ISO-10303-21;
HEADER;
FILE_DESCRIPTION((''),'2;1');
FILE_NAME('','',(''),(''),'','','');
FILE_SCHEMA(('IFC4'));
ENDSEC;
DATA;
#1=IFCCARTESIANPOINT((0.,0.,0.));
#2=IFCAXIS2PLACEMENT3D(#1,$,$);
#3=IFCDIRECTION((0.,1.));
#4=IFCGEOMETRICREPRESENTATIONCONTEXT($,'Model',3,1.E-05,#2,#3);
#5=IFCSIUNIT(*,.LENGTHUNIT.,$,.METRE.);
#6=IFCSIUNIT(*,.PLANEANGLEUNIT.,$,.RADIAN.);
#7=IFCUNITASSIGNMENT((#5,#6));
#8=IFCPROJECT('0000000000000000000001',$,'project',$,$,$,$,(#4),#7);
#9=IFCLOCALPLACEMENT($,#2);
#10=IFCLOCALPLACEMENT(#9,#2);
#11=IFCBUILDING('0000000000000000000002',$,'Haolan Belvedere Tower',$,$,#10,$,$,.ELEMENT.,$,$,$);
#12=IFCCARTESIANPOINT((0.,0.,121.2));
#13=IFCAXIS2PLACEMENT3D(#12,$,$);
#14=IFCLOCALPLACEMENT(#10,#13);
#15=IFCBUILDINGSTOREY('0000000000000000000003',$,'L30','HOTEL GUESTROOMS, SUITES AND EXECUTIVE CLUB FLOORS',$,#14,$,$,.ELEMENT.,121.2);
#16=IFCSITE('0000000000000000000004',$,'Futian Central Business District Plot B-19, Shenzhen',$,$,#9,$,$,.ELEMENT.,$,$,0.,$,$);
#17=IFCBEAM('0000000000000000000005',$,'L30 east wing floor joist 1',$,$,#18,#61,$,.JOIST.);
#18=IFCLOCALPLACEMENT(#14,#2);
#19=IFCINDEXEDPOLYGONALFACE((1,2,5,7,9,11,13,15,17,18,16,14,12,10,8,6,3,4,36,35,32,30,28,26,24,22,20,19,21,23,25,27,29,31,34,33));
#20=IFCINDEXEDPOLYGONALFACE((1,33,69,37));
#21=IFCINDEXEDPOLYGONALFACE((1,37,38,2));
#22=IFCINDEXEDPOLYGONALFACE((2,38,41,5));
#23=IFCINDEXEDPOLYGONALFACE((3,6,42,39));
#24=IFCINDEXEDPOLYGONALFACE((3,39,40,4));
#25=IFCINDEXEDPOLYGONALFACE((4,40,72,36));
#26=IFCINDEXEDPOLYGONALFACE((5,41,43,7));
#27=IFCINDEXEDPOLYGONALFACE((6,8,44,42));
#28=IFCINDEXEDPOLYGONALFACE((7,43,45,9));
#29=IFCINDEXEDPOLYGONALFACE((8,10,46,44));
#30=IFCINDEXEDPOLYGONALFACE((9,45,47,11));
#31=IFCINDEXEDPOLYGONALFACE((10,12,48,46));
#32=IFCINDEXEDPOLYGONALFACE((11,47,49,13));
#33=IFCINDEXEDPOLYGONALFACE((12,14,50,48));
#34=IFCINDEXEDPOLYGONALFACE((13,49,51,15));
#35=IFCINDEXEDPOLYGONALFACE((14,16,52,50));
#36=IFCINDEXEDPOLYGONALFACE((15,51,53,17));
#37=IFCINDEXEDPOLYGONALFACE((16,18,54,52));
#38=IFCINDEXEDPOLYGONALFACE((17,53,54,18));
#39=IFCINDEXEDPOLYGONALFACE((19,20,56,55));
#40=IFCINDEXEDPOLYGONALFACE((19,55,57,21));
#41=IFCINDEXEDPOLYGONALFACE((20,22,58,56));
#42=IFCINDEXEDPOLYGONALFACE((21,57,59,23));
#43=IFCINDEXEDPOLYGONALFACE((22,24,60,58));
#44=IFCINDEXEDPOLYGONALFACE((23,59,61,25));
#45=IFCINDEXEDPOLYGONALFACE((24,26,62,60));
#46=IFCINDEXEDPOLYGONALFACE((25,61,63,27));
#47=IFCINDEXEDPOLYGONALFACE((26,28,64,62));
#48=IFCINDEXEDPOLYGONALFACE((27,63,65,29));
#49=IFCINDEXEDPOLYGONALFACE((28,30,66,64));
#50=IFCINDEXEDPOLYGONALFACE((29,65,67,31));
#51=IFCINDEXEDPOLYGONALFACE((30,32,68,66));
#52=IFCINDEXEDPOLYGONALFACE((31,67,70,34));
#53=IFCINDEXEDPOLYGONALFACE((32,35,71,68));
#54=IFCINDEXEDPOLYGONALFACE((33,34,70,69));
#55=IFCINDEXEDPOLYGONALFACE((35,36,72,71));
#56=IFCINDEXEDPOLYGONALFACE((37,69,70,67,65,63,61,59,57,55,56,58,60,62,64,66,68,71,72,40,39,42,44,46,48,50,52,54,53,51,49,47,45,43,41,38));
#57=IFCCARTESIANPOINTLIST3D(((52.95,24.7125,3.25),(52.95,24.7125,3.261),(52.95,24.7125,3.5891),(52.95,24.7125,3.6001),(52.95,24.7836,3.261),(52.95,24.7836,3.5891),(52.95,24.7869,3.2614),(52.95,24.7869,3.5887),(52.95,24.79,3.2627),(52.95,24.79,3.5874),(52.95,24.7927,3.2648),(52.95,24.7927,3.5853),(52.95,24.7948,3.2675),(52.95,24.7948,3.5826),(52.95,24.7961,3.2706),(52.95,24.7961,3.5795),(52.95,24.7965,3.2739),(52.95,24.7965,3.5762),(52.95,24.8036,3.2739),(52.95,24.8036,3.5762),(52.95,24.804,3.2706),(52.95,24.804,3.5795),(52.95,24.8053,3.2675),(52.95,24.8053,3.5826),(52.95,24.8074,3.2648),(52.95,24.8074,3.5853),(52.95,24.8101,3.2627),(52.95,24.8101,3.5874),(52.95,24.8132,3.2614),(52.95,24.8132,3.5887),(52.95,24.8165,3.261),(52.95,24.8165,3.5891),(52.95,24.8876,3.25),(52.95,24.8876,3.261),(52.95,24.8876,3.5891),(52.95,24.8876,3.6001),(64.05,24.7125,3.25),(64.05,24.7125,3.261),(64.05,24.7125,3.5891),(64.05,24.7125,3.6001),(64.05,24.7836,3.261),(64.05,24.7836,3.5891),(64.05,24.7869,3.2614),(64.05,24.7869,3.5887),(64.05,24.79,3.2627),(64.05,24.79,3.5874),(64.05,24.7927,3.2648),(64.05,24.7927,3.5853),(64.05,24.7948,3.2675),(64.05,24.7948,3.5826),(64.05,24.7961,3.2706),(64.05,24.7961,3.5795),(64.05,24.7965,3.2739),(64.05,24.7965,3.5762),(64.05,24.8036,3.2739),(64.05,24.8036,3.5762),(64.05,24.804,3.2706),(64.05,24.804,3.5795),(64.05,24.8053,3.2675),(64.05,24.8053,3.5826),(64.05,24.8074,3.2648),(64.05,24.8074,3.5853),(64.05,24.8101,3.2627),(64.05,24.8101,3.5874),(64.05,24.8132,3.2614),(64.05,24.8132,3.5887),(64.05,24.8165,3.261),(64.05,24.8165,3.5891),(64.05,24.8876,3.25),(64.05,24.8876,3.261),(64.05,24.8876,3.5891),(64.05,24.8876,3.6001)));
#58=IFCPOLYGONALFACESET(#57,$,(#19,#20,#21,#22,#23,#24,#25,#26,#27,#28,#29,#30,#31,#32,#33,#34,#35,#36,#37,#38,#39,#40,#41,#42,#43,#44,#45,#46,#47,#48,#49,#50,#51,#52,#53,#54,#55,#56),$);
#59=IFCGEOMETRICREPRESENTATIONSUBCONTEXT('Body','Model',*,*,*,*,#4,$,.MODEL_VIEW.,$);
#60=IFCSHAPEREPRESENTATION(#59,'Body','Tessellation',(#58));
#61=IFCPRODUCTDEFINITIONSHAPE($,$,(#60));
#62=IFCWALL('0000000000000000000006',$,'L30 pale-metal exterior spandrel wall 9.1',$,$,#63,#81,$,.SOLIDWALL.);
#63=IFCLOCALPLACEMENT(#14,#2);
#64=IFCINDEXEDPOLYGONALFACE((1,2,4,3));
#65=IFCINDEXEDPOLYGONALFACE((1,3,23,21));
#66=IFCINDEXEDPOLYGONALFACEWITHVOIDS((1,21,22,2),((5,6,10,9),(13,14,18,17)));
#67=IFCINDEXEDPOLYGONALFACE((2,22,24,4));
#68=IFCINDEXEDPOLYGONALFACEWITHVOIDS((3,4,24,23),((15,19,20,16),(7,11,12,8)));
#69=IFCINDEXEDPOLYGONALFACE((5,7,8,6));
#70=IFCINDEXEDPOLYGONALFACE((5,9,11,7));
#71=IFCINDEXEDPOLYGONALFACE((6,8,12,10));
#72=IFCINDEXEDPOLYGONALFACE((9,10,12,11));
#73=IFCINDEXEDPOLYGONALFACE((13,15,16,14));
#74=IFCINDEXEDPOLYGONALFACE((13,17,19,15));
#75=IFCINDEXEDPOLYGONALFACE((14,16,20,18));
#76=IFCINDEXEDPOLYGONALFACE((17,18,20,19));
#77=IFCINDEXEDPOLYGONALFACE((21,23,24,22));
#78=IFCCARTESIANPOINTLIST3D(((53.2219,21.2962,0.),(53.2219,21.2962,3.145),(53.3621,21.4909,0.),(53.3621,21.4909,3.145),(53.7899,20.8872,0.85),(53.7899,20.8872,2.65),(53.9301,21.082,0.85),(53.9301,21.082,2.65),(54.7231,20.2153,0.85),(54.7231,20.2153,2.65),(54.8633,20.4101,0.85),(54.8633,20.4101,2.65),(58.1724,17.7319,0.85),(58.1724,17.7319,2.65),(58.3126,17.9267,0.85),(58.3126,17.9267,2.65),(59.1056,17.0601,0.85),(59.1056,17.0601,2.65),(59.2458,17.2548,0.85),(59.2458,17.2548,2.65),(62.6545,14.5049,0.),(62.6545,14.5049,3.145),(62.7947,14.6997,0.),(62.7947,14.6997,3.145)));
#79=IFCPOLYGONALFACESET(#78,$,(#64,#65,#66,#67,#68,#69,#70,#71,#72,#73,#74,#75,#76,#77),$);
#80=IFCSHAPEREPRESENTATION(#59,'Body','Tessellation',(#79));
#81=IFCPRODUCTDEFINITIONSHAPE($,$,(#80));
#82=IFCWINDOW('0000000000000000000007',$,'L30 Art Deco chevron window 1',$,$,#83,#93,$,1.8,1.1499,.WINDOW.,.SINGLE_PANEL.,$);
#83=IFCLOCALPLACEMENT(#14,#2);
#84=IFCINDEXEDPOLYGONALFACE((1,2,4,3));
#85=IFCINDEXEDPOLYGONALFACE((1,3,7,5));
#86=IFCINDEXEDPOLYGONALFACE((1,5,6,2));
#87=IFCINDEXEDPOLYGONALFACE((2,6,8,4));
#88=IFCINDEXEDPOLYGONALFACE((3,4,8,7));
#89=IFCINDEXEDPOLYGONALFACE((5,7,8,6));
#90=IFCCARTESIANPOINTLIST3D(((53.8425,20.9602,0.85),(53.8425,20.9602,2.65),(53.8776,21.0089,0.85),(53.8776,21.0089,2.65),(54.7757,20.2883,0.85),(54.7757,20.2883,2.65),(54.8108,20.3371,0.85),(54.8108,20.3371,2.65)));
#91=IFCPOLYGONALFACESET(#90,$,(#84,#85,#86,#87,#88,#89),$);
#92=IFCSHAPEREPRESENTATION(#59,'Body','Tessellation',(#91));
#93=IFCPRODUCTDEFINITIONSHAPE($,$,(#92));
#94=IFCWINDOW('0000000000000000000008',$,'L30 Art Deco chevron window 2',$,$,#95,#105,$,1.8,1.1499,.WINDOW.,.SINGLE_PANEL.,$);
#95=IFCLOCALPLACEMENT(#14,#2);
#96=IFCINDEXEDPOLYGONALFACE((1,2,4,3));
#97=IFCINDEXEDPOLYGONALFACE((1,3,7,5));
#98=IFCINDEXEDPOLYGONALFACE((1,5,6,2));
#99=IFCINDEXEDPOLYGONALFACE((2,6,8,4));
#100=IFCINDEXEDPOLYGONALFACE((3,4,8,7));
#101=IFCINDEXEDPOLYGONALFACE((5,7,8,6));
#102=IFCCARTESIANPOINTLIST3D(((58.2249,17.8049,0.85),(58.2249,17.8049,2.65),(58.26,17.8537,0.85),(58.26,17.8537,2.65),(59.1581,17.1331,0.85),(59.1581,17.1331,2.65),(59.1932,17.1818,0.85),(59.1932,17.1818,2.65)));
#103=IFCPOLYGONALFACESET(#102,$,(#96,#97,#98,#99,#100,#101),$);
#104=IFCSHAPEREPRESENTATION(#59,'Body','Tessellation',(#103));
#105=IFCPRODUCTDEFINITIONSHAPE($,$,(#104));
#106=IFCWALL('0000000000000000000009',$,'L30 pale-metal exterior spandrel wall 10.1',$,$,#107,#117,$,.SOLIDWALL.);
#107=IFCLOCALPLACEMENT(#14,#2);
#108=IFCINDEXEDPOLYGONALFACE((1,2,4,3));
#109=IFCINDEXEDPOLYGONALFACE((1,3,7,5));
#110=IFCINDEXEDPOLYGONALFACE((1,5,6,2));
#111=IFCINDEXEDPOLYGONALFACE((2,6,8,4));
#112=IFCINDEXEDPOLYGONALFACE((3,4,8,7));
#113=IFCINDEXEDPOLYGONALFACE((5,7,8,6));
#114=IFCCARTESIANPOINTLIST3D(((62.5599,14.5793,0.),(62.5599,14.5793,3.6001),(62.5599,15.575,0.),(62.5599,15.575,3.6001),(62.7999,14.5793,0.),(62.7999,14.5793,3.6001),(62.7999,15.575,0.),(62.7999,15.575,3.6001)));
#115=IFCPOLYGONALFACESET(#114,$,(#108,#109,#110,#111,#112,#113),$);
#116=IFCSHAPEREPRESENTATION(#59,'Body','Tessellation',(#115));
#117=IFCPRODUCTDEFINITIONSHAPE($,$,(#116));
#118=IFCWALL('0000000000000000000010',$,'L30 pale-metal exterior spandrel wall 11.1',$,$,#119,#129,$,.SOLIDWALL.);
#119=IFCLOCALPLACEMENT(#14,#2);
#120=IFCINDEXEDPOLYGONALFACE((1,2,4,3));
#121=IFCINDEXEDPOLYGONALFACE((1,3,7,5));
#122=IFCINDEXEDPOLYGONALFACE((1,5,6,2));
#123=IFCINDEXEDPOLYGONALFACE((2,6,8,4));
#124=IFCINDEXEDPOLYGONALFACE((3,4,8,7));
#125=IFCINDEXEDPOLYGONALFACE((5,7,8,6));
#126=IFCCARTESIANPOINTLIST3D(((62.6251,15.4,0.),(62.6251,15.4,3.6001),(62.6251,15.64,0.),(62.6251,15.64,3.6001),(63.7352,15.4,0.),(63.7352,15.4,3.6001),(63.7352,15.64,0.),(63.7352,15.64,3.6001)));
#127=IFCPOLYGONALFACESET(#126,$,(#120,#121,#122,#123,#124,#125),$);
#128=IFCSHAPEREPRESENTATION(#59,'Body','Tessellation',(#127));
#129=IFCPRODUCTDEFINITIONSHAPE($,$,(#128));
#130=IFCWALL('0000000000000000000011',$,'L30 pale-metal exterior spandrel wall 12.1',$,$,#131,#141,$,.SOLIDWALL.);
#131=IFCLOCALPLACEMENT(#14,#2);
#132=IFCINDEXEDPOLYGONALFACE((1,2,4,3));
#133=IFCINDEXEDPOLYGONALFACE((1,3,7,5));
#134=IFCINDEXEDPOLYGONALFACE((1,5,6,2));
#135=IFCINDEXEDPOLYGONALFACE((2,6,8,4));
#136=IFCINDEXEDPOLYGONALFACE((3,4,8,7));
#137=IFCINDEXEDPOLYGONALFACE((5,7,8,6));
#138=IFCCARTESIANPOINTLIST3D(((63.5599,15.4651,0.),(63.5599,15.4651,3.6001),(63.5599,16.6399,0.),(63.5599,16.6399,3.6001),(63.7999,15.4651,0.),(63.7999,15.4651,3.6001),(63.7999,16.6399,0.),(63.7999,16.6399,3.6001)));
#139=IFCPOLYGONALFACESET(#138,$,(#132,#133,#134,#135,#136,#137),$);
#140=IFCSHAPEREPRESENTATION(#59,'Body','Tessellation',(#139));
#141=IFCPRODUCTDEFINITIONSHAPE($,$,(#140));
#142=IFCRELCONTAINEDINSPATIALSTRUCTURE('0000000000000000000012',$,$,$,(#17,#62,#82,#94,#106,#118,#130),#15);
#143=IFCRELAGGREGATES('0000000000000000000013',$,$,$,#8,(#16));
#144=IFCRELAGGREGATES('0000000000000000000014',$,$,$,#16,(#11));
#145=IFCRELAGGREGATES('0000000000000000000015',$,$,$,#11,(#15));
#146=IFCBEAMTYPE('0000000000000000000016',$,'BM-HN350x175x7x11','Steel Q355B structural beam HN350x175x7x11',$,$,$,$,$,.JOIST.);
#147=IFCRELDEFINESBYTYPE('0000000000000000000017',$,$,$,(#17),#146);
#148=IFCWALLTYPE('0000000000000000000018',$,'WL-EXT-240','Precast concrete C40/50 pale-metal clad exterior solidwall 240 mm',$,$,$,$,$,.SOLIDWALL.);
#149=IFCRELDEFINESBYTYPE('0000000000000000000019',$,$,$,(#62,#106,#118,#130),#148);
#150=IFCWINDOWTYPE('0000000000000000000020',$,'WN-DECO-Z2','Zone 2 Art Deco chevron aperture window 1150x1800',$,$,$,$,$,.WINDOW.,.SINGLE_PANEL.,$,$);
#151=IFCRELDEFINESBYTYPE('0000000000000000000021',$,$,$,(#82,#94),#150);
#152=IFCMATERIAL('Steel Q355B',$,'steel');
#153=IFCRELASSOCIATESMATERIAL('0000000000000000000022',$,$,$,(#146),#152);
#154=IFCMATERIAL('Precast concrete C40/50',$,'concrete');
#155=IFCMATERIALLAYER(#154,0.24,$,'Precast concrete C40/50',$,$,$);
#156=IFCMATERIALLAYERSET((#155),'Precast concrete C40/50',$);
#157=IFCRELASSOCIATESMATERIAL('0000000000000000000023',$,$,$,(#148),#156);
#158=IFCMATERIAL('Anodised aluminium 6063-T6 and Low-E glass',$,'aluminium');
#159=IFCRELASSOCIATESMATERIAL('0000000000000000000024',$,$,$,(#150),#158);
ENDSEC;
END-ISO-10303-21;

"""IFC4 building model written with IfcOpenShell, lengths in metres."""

from ifc_helpers import new_model, si_unit, direction, frame, frame_2d, origin, origin_2d, place, context, subcontext, project, spatial, rectangle, i_section, extrude, material, layer, layer_set, material_profile, profile_set, type_object, element, fill, save


model = new_model("IFC4")

# Units and contexts
model_context = context("Model", 3, precision=1e-05, world=origin(), true_north=direction((0.0, 1.0)))
body_context = subcontext(model_context, "Body", "Model", "MODEL_VIEW")
ifc_project = project(units=[si_unit("LENGTHUNIT", "METRE"), si_unit("PLANEANGLEUNIT", "RADIAN")], contexts=[model_context])

# Site, building, storey
site_placement = place(None, origin())
site = spatial("IfcSite", under=ifc_project, at=site_placement, Name="Futian Central Business District Plot B-19, Shenzhen", CompositionType="ELEMENT", RefElevation=0.0)
building_placement = place(site_placement, origin())
building = spatial("IfcBuilding", under=site, at=building_placement, Name="Haolan Belvedere Tower", CompositionType="ELEMENT")
storey_placement = place(building_placement, frame((0.0, 0.0, 121.2)))
storey = spatial("IfcBuildingStorey", under=building, at=storey_placement, Name="L30", Description="HOTEL GUESTROOMS, SUITES AND EXECUTIVE CLUB FLOORS", CompositionType="ELEMENT", Elevation=121.2)

# Beam
ifc_material_1 = material(Name="Steel Q355B", Category="steel")
ifc_material_profile_1 = material_profile(ifc_material_1, i_section(OverallWidth=0.175, OverallDepth=0.3501, WebThickness=0.0071, FlangeThickness=0.011, FilletRadius=0.0129, at=origin_2d()), Name="Steel Q355B")
ifc_profile_set_1 = profile_set([ifc_material_profile_1], Name="Steel Q355B")
beam_type_1 = type_object("IfcBeamType", Name="BM-HN350x175x7x11", Description="Steel Q355B structural beam HN350x175x7x11", PredefinedType="JOIST", material=ifc_profile_set_1)
beam_1_placement = place(storey_placement, frame((52.95, 24.8, 3.425), z_axis=(1.0, 0.0, 0.0), x_axis=(0.0, 1.0, 0.0)))
element("IfcBeam", 1, at=beam_1_placement, inside=storey, type_object=beam_type_1, Name="L30 east wing floor joist 1", PredefinedType="JOIST", context=body_context, shape_type="SweptSolid", body=[
    extrude(i_section(OverallWidth=0.175, OverallDepth=0.3501, WebThickness=0.0071, FlangeThickness=0.011, FilletRadius=0.0129, at=origin_2d()), origin(), (0.0, 0.0, 1.0), 11.1001),
])

# Wall, openings, windows
ifc_material_2 = material(Name="Precast concrete C40/50", Category="concrete")
ifc_layer_1 = layer(ifc_material_2, 0.24, Name="Precast concrete C40/50")
ifc_layer_set_1 = layer_set([ifc_layer_1], Name="Precast concrete C40/50")
wall_type_1 = type_object("IfcWallType", Name="WL-EXT-240", Description="Precast concrete C40/50 pale-metal clad exterior solidwall 240 mm", PredefinedType="SOLIDWALL", material=ifc_layer_set_1)
wall_1_placement = place(storey_placement, frame((53.292, 21.3936, 0.0), z_axis=(0.0, 0.0, 1.0), x_axis=(0.811544, -0.584292, 0.0)))
wall_1 = element("IfcWall", 2, at=wall_1_placement, inside=storey, type_object=wall_type_1, Name="L30 pale-metal exterior spandrel wall 9.1", PredefinedType="SOLIDWALL", context=body_context, shape_type="SweptSolid", body=[
    extrude(rectangle(XDim=11.623, YDim=0.24, at=frame_2d((5.8115, 0.0))), origin(), (0.0, 0.0, 1.0), 3.145),
])
opening_1_placement = place(wall_1_placement, frame((0.7, 0.0, 0.8501)))
opening_1 = element("IfcOpeningElement", 3, at=opening_1_placement, cuts=wall_1, PredefinedType="OPENING", context=body_context, shape_type="SweptSolid", body=[
    extrude(rectangle(XDim=1.1499, YDim=1.8, at=frame_2d((0.575, 0.8999))), frame((0.0, 0.1299, 0.0), z_axis=(0.0, -1.0, 0.0), x_axis=(1.0, 0.0, 0.0)), (0.0, 0.0, 1.0), 0.26),
])
opening_2_placement = place(wall_1_placement, frame((6.1001, 0.0, 0.8501)))
opening_2 = element("IfcOpeningElement", 4, at=opening_2_placement, cuts=wall_1, PredefinedType="OPENING", context=body_context, shape_type="SweptSolid", body=[
    extrude(rectangle(XDim=1.1499, YDim=1.8, at=frame_2d((0.575, 0.8999))), frame((0.0, 0.1299, 0.0), z_axis=(0.0, -1.0, 0.0), x_axis=(1.0, 0.0, 0.0)), (0.0, 0.0, 1.0), 0.26),
])
ifc_material_3 = material(Name="Anodised aluminium 6063-T6 and Low-E glass", Category="aluminium")
window_type = type_object("IfcWindowType", Name="WN-DECO-Z2", Description="Zone 2 Art Deco chevron aperture window 1150x1800", PartitioningType="SINGLE_PANEL", PredefinedType="WINDOW", material=ifc_material_3)
window_1_placement = place(opening_1_placement, origin())
window_1 = element("IfcWindow", 5, at=window_1_placement, inside=storey, type_object=window_type, Name="L30 Art Deco chevron window 1", OverallHeight=1.8, OverallWidth=1.1499, PartitioningType="SINGLE_PANEL", PredefinedType="WINDOW", context=body_context, shape_type="SweptSolid", body=[
    extrude(rectangle(XDim=1.1499, YDim=1.8, at=frame_2d((0.575, 0.8999))), frame((0.0, 0.03, 0.0), z_axis=(0.0, -1.0, 0.0), x_axis=(1.0, 0.0, 0.0)), (0.0, 0.0, 1.0), 0.0601),
])
fill(opening_1, window_1)
window_2_placement = place(opening_2_placement, origin())
window_2 = element("IfcWindow", 6, at=window_2_placement, inside=storey, type_object=window_type, Name="L30 Art Deco chevron window 2", OverallHeight=1.8, OverallWidth=1.1499, PartitioningType="SINGLE_PANEL", PredefinedType="WINDOW", context=body_context, shape_type="SweptSolid", body=[
    extrude(rectangle(XDim=1.1499, YDim=1.8, at=frame_2d((0.575, 0.8999))), frame((0.0, 0.03, 0.0), z_axis=(0.0, -1.0, 0.0), x_axis=(1.0, 0.0, 0.0)), (0.0, 0.0, 1.0), 0.0601),
])
fill(opening_2, window_2)

# Walls
wall_2_placement = place(storey_placement, frame((62.6799, 14.5793, 0.0), z_axis=(0.0, 0.0, 1.0), x_axis=(0.0, 1.0, 0.0)))
element("IfcWall", 7, at=wall_2_placement, inside=storey, type_object=wall_type_1, Name="L30 pale-metal exterior spandrel wall 10.1", PredefinedType="SOLIDWALL", context=body_context, shape_type="SweptSolid", body=[
    extrude(rectangle(XDim=0.9956, YDim=0.24, at=frame_2d((0.4978, 0.0))), origin(), (0.0, 0.0, 1.0), 3.6001),
])
wall_3_placement = place(storey_placement, frame((62.625, 15.52, 0.0), z_axis=(0.0, 0.0, 1.0), x_axis=(1.0, 0.0, 0.0)))
element("IfcWall", 8, at=wall_3_placement, inside=storey, type_object=wall_type_1, Name="L30 pale-metal exterior spandrel wall 11.1", PredefinedType="SOLIDWALL", context=body_context, shape_type="SweptSolid", body=[
    extrude(rectangle(XDim=1.1101, YDim=0.24, at=frame_2d((0.5552, 0.0))), origin(), (0.0, 0.0, 1.0), 3.6001),
])
wall_4_placement = place(storey_placement, frame((63.6799, 15.4651, 0.0), z_axis=(0.0, 0.0, 1.0), x_axis=(0.0, 1.0, 0.0)))
element("IfcWall", 9, at=wall_4_placement, inside=storey, type_object=wall_type_1, Name="L30 pale-metal exterior spandrel wall 12.1", PredefinedType="SOLIDWALL", context=body_context, shape_type="SweptSolid", body=[
    extrude(rectangle(XDim=1.1748, YDim=0.24, at=frame_2d((0.5874, 0.0))), origin(), (0.0, 0.0, 1.0), 3.6001),
])

save(model, "model.ifc")
